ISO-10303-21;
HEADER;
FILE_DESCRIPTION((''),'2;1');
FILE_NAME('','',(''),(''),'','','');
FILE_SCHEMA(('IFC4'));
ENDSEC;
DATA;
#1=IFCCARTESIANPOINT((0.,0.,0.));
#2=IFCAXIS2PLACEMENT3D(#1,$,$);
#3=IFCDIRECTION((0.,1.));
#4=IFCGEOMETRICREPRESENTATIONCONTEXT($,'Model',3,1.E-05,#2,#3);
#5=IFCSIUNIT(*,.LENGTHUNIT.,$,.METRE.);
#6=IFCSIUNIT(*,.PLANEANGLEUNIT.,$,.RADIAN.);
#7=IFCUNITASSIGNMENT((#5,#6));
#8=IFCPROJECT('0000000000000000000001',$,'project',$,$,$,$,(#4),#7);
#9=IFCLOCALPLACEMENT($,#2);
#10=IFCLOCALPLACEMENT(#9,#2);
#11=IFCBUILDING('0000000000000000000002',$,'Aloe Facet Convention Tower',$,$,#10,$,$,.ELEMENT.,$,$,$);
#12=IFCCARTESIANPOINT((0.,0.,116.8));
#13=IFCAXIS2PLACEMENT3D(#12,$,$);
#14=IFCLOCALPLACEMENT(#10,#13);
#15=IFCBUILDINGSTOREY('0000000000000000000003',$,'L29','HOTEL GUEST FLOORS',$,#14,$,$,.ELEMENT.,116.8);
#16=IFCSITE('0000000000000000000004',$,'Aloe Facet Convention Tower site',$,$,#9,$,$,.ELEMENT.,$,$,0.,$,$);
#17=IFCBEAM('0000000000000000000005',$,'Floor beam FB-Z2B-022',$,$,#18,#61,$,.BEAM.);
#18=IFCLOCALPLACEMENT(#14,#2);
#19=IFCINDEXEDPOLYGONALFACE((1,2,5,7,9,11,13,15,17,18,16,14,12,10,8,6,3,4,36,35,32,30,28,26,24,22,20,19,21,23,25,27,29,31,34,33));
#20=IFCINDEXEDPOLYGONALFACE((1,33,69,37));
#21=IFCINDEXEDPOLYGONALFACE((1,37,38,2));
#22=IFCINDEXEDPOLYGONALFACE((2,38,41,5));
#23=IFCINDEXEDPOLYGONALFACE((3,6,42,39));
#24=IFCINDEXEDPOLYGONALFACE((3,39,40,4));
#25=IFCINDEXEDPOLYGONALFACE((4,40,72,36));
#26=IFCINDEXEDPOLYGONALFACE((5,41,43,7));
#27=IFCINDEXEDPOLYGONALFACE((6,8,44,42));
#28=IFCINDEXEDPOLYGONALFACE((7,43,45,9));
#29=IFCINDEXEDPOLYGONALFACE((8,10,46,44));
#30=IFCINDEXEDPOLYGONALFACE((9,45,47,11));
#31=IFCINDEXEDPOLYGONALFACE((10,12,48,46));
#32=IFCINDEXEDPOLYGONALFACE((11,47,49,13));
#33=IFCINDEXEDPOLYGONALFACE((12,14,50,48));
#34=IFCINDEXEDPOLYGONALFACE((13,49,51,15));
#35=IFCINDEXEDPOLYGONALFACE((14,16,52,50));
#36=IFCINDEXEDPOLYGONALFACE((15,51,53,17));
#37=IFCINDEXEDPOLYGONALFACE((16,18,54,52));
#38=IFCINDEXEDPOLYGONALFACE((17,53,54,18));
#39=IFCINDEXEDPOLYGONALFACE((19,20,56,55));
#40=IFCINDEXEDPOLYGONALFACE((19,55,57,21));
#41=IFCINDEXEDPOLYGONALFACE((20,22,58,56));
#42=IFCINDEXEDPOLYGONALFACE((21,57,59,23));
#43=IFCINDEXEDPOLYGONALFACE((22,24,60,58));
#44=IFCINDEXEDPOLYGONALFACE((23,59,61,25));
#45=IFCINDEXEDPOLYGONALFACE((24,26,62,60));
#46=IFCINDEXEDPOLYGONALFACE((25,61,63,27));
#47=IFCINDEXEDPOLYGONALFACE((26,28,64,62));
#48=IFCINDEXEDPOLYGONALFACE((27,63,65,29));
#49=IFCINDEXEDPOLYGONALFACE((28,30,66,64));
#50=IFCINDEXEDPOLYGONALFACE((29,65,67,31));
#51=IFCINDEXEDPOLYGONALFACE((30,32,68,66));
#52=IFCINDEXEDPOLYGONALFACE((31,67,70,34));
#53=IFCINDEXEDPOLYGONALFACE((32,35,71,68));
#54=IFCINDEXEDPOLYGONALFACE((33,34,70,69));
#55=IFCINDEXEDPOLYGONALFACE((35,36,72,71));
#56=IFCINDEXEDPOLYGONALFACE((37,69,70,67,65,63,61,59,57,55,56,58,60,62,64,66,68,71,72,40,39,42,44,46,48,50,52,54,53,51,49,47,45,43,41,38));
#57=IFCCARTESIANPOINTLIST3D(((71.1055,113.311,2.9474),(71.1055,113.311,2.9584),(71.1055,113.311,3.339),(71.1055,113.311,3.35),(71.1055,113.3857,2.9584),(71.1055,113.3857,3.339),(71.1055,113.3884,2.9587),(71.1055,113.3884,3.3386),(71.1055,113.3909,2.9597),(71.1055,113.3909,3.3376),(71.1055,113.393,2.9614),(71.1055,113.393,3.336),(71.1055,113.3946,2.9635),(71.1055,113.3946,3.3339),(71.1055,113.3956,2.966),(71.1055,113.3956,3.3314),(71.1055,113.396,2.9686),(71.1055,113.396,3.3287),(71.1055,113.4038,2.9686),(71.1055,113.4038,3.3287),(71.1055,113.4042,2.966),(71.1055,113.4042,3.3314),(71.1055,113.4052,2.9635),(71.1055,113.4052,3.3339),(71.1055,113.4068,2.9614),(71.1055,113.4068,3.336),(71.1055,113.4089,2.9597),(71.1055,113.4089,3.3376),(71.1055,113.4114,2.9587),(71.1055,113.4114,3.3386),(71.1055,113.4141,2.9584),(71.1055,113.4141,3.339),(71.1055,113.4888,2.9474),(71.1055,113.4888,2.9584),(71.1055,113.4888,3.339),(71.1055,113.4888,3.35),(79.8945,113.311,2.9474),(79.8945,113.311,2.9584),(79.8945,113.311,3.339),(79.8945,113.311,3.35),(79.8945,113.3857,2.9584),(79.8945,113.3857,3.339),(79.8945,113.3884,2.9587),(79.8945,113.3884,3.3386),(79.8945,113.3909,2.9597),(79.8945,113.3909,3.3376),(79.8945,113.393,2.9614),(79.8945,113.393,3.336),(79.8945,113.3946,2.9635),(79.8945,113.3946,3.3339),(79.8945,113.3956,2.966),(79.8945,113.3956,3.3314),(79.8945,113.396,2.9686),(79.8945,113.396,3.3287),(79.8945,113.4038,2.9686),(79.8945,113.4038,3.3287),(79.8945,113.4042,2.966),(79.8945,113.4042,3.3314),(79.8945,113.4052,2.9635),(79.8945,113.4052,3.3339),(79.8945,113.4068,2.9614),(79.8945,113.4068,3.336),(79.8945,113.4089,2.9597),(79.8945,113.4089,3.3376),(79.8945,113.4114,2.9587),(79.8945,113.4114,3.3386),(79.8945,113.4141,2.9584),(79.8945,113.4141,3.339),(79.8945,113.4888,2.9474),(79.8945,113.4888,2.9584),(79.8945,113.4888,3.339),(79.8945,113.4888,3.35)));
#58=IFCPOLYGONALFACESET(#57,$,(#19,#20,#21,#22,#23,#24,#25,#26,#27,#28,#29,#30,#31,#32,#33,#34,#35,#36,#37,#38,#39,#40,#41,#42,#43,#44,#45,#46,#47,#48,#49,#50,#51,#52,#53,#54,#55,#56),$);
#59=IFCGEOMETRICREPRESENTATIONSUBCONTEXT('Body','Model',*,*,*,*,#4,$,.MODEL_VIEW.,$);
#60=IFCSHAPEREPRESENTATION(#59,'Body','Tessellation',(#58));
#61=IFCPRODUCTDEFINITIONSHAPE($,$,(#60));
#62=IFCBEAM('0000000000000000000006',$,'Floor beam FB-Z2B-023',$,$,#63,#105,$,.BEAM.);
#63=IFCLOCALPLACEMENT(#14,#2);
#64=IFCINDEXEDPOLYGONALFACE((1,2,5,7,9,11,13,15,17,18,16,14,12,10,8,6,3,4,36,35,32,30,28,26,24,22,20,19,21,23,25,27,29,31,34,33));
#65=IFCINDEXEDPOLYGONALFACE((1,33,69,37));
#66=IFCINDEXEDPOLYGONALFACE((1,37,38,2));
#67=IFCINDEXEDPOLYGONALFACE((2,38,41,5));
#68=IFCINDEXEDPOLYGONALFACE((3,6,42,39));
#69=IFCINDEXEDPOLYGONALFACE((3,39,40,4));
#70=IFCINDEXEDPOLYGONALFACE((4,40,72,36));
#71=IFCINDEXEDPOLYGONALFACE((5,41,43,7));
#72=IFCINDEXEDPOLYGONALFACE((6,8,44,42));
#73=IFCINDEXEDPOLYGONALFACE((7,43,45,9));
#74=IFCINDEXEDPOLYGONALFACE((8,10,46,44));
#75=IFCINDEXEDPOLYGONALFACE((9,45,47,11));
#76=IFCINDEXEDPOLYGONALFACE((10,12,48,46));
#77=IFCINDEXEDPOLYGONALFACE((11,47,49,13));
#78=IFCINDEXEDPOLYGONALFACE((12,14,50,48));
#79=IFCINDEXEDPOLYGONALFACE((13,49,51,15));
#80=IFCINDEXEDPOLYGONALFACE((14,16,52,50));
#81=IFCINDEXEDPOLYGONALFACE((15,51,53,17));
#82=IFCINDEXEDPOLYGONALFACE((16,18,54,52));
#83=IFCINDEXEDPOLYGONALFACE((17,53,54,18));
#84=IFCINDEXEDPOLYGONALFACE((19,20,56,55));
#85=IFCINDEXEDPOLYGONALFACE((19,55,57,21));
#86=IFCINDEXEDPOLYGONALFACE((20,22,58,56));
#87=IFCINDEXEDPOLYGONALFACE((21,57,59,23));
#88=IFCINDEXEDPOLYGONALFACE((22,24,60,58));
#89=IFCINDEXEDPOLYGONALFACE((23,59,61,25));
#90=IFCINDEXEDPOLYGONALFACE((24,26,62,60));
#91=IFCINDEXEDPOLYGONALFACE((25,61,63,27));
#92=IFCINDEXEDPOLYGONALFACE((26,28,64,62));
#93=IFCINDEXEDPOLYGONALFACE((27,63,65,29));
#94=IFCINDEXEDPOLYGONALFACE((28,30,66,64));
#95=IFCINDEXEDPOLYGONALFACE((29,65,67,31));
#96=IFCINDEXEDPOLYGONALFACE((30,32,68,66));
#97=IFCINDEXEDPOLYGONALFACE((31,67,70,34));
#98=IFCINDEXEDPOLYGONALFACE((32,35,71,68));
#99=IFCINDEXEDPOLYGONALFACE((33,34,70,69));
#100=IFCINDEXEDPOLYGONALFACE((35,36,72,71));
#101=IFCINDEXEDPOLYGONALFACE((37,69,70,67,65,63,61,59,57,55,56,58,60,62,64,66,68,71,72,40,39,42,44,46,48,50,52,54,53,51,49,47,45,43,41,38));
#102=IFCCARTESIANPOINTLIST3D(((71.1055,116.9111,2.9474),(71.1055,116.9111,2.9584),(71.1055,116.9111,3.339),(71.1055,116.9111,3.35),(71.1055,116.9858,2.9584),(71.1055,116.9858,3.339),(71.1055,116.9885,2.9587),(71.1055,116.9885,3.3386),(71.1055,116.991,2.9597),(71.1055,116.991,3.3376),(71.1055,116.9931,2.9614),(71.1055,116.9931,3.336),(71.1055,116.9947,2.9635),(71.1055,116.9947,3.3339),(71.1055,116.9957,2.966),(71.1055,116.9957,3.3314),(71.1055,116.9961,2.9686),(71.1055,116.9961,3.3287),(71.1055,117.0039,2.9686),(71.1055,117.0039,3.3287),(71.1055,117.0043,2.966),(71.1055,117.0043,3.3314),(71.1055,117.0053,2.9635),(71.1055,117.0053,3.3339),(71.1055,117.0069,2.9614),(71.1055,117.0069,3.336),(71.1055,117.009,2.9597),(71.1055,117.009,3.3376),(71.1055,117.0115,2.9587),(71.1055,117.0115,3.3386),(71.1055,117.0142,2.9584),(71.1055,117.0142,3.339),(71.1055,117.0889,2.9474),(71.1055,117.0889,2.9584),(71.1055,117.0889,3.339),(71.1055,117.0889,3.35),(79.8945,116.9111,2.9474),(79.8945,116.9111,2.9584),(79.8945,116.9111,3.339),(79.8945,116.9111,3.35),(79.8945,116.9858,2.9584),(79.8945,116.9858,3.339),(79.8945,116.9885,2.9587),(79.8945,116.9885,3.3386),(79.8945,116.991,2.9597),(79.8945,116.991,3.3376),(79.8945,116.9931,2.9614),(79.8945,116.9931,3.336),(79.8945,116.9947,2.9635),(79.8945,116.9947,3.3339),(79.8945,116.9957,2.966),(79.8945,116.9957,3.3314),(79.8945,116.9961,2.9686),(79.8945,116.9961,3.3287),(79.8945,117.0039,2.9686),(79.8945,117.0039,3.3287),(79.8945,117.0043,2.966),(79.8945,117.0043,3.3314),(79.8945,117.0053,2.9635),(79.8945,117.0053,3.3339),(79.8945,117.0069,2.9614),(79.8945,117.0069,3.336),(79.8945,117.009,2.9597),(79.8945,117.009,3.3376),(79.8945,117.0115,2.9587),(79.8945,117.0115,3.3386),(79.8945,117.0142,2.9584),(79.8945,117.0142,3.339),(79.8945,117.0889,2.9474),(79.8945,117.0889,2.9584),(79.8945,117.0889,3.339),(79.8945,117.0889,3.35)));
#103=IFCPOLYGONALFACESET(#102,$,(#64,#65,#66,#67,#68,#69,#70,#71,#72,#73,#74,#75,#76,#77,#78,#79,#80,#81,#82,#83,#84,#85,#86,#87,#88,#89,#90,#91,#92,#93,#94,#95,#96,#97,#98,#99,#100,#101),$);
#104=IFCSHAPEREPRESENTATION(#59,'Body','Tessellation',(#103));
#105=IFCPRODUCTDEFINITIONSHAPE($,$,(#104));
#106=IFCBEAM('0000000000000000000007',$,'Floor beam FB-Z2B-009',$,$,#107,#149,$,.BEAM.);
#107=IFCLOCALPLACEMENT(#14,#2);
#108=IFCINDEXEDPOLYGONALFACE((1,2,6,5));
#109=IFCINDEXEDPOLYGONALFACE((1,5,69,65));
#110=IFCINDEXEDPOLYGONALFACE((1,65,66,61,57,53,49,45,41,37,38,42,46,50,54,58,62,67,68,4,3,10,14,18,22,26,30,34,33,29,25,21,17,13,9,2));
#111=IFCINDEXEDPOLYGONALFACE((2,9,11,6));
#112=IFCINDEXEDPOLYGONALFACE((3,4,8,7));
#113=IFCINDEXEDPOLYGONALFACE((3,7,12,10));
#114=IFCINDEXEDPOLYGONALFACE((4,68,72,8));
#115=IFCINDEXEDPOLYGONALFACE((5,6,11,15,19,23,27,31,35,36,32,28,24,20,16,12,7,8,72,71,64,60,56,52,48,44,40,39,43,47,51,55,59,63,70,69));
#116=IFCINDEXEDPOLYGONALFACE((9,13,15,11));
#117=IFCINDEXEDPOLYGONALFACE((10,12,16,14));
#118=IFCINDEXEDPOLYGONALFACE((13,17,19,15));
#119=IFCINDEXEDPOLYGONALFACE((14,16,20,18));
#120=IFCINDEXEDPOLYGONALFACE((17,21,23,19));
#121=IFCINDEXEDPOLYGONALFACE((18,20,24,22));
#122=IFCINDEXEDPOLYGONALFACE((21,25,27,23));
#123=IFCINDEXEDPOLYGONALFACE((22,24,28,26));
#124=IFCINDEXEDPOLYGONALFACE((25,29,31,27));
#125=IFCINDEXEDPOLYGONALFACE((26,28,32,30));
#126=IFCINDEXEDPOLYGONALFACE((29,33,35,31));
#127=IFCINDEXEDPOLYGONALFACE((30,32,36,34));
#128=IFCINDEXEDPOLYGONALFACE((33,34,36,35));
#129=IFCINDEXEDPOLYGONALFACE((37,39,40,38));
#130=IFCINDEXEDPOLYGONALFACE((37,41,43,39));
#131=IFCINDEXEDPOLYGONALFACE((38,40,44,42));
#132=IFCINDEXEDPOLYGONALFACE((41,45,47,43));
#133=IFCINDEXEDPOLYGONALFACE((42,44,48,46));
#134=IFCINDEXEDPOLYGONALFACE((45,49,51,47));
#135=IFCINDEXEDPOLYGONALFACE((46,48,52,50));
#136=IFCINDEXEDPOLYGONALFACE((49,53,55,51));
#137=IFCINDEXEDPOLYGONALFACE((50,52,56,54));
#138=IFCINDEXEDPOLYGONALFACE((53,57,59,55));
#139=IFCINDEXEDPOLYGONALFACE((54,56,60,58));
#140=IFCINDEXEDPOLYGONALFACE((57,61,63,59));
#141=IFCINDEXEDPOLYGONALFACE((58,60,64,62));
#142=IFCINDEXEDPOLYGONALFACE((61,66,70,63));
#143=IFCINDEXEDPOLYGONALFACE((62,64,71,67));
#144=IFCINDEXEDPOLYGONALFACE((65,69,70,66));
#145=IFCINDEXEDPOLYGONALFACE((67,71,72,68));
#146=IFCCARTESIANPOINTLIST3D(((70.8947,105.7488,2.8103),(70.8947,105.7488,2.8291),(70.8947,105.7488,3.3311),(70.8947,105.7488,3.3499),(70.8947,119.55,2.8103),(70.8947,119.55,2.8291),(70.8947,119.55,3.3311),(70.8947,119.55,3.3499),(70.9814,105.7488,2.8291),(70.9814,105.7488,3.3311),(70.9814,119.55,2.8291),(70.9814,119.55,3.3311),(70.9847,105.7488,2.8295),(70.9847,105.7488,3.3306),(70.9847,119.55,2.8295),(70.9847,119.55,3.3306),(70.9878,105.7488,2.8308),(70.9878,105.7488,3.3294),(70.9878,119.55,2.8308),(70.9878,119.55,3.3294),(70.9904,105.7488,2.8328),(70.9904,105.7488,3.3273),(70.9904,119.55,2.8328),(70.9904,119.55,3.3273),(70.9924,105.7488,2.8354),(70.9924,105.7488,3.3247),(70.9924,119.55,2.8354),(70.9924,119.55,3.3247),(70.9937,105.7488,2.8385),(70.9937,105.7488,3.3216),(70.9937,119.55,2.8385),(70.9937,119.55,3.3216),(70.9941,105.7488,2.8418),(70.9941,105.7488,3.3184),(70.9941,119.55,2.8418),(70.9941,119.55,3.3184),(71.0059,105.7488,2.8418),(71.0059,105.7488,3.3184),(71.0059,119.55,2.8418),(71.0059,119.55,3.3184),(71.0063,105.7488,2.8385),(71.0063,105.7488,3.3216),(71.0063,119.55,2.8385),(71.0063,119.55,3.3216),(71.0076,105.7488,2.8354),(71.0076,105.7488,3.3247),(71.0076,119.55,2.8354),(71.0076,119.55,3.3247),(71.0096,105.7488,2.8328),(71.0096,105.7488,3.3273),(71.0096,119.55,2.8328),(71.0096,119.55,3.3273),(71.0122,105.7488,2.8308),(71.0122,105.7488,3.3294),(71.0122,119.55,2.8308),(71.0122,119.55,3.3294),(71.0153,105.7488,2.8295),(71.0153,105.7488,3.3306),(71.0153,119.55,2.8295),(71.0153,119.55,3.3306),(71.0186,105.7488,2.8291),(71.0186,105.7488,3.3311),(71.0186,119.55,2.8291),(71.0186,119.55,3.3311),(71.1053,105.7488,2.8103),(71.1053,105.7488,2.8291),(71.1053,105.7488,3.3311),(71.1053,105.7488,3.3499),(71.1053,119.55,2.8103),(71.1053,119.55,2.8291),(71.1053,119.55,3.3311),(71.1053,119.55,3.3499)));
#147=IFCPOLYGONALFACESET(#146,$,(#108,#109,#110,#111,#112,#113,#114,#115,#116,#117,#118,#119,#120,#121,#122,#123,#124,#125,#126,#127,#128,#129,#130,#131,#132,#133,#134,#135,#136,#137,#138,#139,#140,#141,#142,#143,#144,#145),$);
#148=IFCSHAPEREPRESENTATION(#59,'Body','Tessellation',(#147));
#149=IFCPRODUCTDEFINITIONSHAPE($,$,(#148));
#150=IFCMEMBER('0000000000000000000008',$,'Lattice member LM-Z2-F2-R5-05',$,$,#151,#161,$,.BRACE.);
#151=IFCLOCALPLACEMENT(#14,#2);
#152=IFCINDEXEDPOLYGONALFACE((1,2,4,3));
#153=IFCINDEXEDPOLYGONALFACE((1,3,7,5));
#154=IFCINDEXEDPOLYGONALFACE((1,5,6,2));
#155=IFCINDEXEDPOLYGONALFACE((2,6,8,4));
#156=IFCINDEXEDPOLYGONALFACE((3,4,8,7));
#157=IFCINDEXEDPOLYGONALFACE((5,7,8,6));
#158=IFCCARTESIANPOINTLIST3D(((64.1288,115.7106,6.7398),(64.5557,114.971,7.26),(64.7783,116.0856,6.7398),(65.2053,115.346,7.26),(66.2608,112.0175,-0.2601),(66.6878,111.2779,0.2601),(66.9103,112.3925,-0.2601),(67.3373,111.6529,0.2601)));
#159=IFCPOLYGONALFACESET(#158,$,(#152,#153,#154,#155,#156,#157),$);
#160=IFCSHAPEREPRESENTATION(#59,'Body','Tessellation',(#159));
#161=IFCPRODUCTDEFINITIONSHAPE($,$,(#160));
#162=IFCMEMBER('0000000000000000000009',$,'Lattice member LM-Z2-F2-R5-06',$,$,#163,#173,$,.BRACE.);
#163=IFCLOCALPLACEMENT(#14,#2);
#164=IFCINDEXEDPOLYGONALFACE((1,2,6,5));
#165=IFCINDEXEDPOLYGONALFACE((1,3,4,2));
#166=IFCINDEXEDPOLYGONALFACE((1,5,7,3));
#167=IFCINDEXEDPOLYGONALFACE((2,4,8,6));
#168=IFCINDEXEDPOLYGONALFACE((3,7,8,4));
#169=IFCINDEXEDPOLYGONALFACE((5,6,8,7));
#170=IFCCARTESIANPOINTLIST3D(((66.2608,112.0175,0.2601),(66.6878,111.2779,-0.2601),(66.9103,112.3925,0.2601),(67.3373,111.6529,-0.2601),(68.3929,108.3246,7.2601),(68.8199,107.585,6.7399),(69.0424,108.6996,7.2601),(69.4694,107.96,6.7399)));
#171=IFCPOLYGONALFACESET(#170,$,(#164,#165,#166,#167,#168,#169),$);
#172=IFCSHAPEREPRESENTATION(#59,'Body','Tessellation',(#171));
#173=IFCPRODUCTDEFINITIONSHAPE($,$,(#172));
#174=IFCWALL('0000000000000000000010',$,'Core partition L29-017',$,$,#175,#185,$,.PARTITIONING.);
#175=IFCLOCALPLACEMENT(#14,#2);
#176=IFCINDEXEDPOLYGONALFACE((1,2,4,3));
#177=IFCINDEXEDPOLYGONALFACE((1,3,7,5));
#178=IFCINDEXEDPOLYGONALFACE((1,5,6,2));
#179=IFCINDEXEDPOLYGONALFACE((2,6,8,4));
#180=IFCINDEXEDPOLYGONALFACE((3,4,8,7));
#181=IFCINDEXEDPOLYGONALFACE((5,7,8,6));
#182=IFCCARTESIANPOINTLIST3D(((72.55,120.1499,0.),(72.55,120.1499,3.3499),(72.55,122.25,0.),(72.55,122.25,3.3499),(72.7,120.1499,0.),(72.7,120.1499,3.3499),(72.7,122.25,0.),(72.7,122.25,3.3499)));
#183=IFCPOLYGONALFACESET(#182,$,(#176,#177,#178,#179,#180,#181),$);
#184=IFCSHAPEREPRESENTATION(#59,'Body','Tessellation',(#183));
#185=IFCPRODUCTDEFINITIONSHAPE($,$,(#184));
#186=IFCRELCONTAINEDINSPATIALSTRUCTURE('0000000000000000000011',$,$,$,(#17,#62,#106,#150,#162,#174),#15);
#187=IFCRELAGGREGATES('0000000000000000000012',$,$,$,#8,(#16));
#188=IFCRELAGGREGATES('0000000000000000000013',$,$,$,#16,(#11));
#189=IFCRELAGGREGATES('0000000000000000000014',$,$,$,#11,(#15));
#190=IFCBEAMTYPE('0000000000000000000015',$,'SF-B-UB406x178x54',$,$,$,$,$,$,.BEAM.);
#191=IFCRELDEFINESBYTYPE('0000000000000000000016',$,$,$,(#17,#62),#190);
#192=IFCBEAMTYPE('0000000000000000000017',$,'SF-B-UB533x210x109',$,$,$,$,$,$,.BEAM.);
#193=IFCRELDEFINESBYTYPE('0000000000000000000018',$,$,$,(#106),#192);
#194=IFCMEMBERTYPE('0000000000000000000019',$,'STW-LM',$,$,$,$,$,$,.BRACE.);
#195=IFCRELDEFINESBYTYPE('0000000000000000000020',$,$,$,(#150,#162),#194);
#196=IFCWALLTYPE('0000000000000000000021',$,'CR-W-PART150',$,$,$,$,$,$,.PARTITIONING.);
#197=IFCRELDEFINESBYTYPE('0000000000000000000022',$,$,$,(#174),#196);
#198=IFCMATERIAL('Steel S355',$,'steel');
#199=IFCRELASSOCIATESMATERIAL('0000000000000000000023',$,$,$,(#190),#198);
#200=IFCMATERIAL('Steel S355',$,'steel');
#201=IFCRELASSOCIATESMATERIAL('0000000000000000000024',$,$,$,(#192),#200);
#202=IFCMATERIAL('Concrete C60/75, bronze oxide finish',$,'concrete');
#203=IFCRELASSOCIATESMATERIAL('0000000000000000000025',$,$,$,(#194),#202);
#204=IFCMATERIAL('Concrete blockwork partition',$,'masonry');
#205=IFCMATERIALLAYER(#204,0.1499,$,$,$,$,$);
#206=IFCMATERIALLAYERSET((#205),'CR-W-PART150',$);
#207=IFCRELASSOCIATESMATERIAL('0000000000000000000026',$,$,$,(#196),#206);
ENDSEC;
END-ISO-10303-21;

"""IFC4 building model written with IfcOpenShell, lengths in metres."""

from ifc_helpers import new_model, si_unit, direction, frame, frame_2d, origin, origin_2d, place, context, subcontext, project, spatial, rectangle, i_section, extrude, material, layer, layer_set, material_profile, profile_set, type_object, element, save


model = new_model("IFC4")

# Units and contexts
model_context = context("Model", 3, precision=1e-05, world=origin(), true_north=direction((0.0, 1.0)))
body_context = subcontext(model_context, "Body", "Model", "MODEL_VIEW")
ifc_project = project(units=[si_unit("LENGTHUNIT", "METRE"), si_unit("PLANEANGLEUNIT", "RADIAN")], contexts=[model_context])

# Site, building, storey
site_placement = place(None, origin())
site = spatial("IfcSite", under=ifc_project, at=site_placement, Name="Aloe Facet Convention Tower site", CompositionType="ELEMENT", RefElevation=0.0)
building_placement = place(site_placement, origin())
building = spatial("IfcBuilding", under=site, at=building_placement, Name="Aloe Facet Convention Tower", CompositionType="ELEMENT")
storey_placement = place(building_placement, frame((0.0, 0.0, 116.8)))
storey = spatial("IfcBuildingStorey", under=building, at=storey_placement, Name="L29", Description="HOTEL GUEST FLOORS", CompositionType="ELEMENT", Elevation=116.8)

# Beams
ifc_material_1 = material(Name="Steel S355", Category="steel")
ifc_material_profile_1 = material_profile(ifc_material_1, i_section(OverallWidth=0.1777, OverallDepth=0.4026, WebThickness=0.0078, FlangeThickness=0.011, FilletRadius=0.0103, at=origin_2d()), Name="UB 406x178x54")
ifc_profile_set_1 = profile_set([ifc_material_profile_1], Name="Steel S355")
beam_type_1 = type_object("IfcBeamType", Name="SF-B-UB406x178x54", PredefinedType="BEAM", material=ifc_profile_set_1)
for number, where, z_axis, x_axis, name in (
    (1, (71.1055, 113.3999, 3.1487), (1.0, 0.0, 0.0), (0.0, 1.0, 0.0), "Floor beam FB-Z2B-022"),
    (2, (71.1055, 117.0, 3.1487), (1.0, 0.0, 0.0), (0.0, 1.0, 0.0), "Floor beam FB-Z2B-023"),
):
    element("IfcBeam", number, at=place(storey_placement, frame(where, z_axis=z_axis, x_axis=x_axis)), inside=storey, type_object=beam_type_1, Name=name, PredefinedType="BEAM", context=body_context, shape_type="SweptSolid", body=[
        extrude(i_section(OverallWidth=0.1777, OverallDepth=0.4026, WebThickness=0.0078, FlangeThickness=0.011, FilletRadius=0.0103, at=origin_2d()), origin(), (0.0, 0.0, 1.0), 8.7891),
    ])
ifc_material_2 = material(Name="Steel S355", Category="steel")
ifc_material_profile_2 = material_profile(ifc_material_2, i_section(OverallWidth=0.2107, OverallDepth=0.5396, WebThickness=0.0117, FlangeThickness=0.0188, FilletRadius=0.0127, at=origin_2d()), Name="UB 533x210x109")
ifc_profile_set_2 = profile_set([ifc_material_profile_2], Name="Steel S355")
beam_type_2 = type_object("IfcBeamType", Name="SF-B-UB533x210x109", PredefinedType="BEAM", material=ifc_profile_set_2)
beam_placement = place(storey_placement, frame((71.0, 119.55, 3.0801), z_axis=(0.0, -1.0, 0.0), x_axis=(1.0, 0.0, 0.0)))
element("IfcBeam", 3, at=beam_placement, inside=storey, type_object=beam_type_2, Name="Floor beam FB-Z2B-009", PredefinedType="BEAM", context=body_context, shape_type="SweptSolid", body=[
    extrude(i_section(OverallWidth=0.2107, OverallDepth=0.5396, WebThickness=0.0117, FlangeThickness=0.0188, FilletRadius=0.0127, at=origin_2d()), origin(), (0.0, 0.0, 1.0), 13.8013),
])

# Members
ifc_material_3 = material(Name="Concrete C60/75, bronze oxide finish", Category="concrete")
ifc_material_profile_3 = material_profile(ifc_material_3, rectangle(XDim=0.75, YDim=1.0, at=origin_2d()), Name="STW-LM")
ifc_profile_set_3 = profile_set([ifc_material_profile_3], Name="Concrete C60/75, bronze oxide finish")
member_type = type_object("IfcMemberType", Name="STW-LM", PredefinedType="BRACE", material=ifc_profile_set_3)
for number, where, z_axis, x_axis, name in (
    (4, (66.7991, 111.8352, 0.0), (-0.260116, 0.450565, 0.854009), (-0.86604, -0.499975, 0.0), "Lattice member LM-Z2-F2-R5-05"),
    (5, (66.7991, 111.8352, 0.0), (0.26012, -0.450541, 0.85402), (0.866025, 0.5, 0.0), "Lattice member LM-Z2-F2-R5-06"),
):
    element("IfcMember", number, at=place(storey_placement, frame(where, z_axis=z_axis, x_axis=x_axis)), inside=storey, type_object=member_type, Name=name, PredefinedType="BRACE", context=body_context, shape_type="SweptSolid", body=[
        extrude(rectangle(XDim=0.75, YDim=1.0, at=origin_2d()), origin(), (0.0, 0.0, 1.0), 8.1965),
    ])

# Wall
ifc_material_4 = material(Name="Concrete blockwork partition", Category="masonry")
ifc_layer_1 = layer(ifc_material_4, 0.1499)
ifc_layer_set_1 = layer_set([ifc_layer_1], Name="CR-W-PART150")
wall_type_1 = type_object("IfcWallType", Name="CR-W-PART150", PredefinedType="PARTITIONING", material=ifc_layer_set_1)
wall_1_placement = place(storey_placement, frame((72.625, 122.25, 0.0), z_axis=(0.0, 0.0, 1.0), x_axis=(0.0, -1.0, 0.0)))
element("IfcWall", 6, at=wall_1_placement, inside=storey, type_object=wall_type_1, Name="Core partition L29-017", PredefinedType="PARTITIONING", context=body_context, shape_type="SweptSolid", body=[
    extrude(rectangle(XDim=2.1001, YDim=0.1499, at=frame_2d((1.05, 0.0))), origin(), (0.0, 0.0, 1.0), 3.3499),
])

save(model, "model.ifc")
